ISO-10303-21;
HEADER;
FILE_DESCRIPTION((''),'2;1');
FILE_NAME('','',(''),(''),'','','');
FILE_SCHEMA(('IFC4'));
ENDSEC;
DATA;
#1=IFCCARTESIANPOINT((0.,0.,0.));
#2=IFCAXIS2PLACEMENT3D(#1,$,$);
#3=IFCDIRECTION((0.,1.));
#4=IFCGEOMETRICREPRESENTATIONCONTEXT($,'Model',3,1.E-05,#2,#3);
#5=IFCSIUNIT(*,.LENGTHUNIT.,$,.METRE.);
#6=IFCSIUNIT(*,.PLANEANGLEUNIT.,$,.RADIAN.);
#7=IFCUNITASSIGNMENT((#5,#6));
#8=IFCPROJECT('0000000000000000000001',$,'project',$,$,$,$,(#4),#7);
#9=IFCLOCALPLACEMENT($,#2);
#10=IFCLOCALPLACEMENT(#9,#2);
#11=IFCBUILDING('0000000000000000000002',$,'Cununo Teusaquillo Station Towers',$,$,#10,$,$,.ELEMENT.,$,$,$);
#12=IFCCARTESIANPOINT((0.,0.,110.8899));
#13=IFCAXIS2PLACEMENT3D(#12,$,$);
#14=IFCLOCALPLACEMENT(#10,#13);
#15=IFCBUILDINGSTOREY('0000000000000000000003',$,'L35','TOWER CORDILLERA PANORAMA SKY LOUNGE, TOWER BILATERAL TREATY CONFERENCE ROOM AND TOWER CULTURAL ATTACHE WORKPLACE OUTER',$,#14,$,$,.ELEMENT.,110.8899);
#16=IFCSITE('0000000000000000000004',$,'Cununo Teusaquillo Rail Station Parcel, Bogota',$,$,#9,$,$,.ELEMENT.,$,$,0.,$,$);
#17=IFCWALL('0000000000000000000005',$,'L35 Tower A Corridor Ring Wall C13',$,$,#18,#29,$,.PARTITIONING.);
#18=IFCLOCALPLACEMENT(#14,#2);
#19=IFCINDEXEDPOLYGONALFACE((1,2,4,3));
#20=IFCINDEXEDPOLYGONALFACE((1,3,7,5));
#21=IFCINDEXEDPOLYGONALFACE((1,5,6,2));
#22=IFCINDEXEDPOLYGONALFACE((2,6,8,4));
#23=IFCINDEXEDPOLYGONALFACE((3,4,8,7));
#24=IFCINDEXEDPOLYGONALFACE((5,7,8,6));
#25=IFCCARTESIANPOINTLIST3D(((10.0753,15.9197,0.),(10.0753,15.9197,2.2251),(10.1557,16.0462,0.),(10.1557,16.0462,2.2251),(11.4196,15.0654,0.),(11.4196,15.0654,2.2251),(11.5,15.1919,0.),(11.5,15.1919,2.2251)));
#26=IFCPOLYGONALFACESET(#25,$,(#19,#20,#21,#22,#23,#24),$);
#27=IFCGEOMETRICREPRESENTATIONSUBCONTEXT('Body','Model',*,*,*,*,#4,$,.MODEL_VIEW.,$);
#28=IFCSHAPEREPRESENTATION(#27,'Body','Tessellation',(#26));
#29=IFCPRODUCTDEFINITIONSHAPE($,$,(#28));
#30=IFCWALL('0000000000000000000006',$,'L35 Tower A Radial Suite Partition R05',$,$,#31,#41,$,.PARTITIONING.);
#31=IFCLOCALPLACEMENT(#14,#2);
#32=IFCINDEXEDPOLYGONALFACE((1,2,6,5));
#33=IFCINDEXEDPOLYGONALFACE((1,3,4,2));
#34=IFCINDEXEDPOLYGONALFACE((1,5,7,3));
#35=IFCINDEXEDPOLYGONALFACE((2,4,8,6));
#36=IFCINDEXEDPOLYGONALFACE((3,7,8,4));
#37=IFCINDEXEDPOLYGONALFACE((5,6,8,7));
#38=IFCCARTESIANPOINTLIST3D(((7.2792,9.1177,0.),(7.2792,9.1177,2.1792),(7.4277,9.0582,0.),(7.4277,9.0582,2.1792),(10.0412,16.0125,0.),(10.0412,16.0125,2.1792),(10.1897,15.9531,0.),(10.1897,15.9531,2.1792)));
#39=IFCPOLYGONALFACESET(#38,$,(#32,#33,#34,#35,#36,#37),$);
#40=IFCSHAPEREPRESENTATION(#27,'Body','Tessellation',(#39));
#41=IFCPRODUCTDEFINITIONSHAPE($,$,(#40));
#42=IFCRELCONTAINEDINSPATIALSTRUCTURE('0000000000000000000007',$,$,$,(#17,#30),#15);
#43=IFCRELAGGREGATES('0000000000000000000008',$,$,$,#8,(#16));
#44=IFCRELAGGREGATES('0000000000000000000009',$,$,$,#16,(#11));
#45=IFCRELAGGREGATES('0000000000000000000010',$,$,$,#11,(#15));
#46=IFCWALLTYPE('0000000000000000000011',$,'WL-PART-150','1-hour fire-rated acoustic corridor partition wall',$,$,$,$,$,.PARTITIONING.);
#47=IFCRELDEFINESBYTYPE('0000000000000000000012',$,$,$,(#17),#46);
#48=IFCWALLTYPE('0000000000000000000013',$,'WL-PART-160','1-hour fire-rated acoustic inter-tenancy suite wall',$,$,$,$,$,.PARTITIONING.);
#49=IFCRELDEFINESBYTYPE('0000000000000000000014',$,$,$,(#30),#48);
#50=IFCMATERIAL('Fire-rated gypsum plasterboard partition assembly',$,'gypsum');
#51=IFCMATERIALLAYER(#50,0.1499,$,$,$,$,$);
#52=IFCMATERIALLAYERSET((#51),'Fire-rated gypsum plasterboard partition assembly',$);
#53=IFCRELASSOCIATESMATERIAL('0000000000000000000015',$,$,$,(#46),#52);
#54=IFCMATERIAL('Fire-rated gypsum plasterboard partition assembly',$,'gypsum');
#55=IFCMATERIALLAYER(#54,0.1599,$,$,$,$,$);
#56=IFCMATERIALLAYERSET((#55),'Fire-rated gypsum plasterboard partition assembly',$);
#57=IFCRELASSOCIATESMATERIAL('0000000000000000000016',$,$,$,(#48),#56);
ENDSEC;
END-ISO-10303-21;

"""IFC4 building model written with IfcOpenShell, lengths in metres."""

from ifc_helpers import new_model, si_unit, direction, frame, frame_2d, origin, place, context, subcontext, project, spatial, rectangle, extrude, material, layer, layer_set, type_object, element, save


model = new_model("IFC4")

# Units and contexts
model_context = context("Model", 3, precision=1e-05, world=origin(), true_north=direction((0.0, 1.0)))
body_context = subcontext(model_context, "Body", "Model", "MODEL_VIEW")
ifc_project = project(units=[si_unit("LENGTHUNIT", "METRE"), si_unit("PLANEANGLEUNIT", "RADIAN")], contexts=[model_context])

# Site, building, storey
site_placement = place(None, origin())
site = spatial("IfcSite", under=ifc_project, at=site_placement, Name="Cununo Teusaquillo Rail Station Parcel, Bogota", CompositionType="ELEMENT", RefElevation=0.0)
building_placement = place(site_placement, origin())
building = spatial("IfcBuilding", under=site, at=building_placement, Name="Cununo Teusaquillo Station Towers", CompositionType="ELEMENT")
storey_placement = place(building_placement, frame((0.0, 0.0, 110.8899)))
storey = spatial("IfcBuildingStorey", under=building, at=storey_placement, Name="L35", Description="TOWER CORDILLERA PANORAMA SKY LOUNGE, TOWER BILATERAL TREATY CONFERENCE ROOM AND TOWER CULTURAL ATTACHE WORKPLACE OUTER", CompositionType="ELEMENT", Elevation=110.8899)

# Shared definitions
ifc_material_1 = material(Name="Fire-rated gypsum plasterboard partition assembly", Category="gypsum")
ifc_layer_1 = layer(ifc_material_1, 0.1499)
ifc_layer_set_1 = layer_set([ifc_layer_1], Name="Fire-rated gypsum plasterboard partition assembly")
wall_type_1 = type_object("IfcWallType", Name="WL-PART-150", Description="1-hour fire-rated acoustic corridor partition wall", PredefinedType="PARTITIONING", material=ifc_layer_set_1)

# Walls
wall_1_placement = place(storey_placement, frame((10.1155, 15.9829, 0.0), z_axis=(0.0, 0.0, 1.0), x_axis=(0.843996, -0.53635, 0.0)))
element("IfcWall", 1, at=wall_1_placement, inside=storey, type_object=wall_type_1, Name="L35 Tower A Corridor Ring Wall C13", PredefinedType="PARTITIONING", context=body_context, shape_type="SweptSolid", body=[
    extrude(rectangle(XDim=1.5928, YDim=0.1499, at=frame_2d((0.7964, 0.0))), origin(), (0.0, 0.0, 1.0), 2.2251),
])
ifc_material_2 = material(Name="Fire-rated gypsum plasterboard partition assembly", Category="gypsum")
ifc_layer_2 = layer(ifc_material_2, 0.1599)
ifc_layer_set_2 = layer_set([ifc_layer_2], Name="Fire-rated gypsum plasterboard partition assembly")
wall_type_2 = type_object("IfcWallType", Name="WL-PART-160", Description="1-hour fire-rated acoustic inter-tenancy suite wall", PredefinedType="PARTITIONING", material=ifc_layer_set_2)
wall_2_placement = place(storey_placement, frame((10.1155, 15.9829, 0.0), z_axis=(0.0, 0.0, 1.0), x_axis=(-0.371861, -0.928288, 0.0)))
element("IfcWall", 2, at=wall_2_placement, inside=storey, type_object=wall_type_2, Name="L35 Tower A Radial Suite Partition R05", PredefinedType="PARTITIONING", context=body_context, shape_type="SweptSolid", body=[
    extrude(rectangle(XDim=7.4275, YDim=0.1599, at=frame_2d((3.7139, 0.0))), origin(), (0.0, 0.0, 1.0), 2.1792),
])

save(model, "model.ifc")
